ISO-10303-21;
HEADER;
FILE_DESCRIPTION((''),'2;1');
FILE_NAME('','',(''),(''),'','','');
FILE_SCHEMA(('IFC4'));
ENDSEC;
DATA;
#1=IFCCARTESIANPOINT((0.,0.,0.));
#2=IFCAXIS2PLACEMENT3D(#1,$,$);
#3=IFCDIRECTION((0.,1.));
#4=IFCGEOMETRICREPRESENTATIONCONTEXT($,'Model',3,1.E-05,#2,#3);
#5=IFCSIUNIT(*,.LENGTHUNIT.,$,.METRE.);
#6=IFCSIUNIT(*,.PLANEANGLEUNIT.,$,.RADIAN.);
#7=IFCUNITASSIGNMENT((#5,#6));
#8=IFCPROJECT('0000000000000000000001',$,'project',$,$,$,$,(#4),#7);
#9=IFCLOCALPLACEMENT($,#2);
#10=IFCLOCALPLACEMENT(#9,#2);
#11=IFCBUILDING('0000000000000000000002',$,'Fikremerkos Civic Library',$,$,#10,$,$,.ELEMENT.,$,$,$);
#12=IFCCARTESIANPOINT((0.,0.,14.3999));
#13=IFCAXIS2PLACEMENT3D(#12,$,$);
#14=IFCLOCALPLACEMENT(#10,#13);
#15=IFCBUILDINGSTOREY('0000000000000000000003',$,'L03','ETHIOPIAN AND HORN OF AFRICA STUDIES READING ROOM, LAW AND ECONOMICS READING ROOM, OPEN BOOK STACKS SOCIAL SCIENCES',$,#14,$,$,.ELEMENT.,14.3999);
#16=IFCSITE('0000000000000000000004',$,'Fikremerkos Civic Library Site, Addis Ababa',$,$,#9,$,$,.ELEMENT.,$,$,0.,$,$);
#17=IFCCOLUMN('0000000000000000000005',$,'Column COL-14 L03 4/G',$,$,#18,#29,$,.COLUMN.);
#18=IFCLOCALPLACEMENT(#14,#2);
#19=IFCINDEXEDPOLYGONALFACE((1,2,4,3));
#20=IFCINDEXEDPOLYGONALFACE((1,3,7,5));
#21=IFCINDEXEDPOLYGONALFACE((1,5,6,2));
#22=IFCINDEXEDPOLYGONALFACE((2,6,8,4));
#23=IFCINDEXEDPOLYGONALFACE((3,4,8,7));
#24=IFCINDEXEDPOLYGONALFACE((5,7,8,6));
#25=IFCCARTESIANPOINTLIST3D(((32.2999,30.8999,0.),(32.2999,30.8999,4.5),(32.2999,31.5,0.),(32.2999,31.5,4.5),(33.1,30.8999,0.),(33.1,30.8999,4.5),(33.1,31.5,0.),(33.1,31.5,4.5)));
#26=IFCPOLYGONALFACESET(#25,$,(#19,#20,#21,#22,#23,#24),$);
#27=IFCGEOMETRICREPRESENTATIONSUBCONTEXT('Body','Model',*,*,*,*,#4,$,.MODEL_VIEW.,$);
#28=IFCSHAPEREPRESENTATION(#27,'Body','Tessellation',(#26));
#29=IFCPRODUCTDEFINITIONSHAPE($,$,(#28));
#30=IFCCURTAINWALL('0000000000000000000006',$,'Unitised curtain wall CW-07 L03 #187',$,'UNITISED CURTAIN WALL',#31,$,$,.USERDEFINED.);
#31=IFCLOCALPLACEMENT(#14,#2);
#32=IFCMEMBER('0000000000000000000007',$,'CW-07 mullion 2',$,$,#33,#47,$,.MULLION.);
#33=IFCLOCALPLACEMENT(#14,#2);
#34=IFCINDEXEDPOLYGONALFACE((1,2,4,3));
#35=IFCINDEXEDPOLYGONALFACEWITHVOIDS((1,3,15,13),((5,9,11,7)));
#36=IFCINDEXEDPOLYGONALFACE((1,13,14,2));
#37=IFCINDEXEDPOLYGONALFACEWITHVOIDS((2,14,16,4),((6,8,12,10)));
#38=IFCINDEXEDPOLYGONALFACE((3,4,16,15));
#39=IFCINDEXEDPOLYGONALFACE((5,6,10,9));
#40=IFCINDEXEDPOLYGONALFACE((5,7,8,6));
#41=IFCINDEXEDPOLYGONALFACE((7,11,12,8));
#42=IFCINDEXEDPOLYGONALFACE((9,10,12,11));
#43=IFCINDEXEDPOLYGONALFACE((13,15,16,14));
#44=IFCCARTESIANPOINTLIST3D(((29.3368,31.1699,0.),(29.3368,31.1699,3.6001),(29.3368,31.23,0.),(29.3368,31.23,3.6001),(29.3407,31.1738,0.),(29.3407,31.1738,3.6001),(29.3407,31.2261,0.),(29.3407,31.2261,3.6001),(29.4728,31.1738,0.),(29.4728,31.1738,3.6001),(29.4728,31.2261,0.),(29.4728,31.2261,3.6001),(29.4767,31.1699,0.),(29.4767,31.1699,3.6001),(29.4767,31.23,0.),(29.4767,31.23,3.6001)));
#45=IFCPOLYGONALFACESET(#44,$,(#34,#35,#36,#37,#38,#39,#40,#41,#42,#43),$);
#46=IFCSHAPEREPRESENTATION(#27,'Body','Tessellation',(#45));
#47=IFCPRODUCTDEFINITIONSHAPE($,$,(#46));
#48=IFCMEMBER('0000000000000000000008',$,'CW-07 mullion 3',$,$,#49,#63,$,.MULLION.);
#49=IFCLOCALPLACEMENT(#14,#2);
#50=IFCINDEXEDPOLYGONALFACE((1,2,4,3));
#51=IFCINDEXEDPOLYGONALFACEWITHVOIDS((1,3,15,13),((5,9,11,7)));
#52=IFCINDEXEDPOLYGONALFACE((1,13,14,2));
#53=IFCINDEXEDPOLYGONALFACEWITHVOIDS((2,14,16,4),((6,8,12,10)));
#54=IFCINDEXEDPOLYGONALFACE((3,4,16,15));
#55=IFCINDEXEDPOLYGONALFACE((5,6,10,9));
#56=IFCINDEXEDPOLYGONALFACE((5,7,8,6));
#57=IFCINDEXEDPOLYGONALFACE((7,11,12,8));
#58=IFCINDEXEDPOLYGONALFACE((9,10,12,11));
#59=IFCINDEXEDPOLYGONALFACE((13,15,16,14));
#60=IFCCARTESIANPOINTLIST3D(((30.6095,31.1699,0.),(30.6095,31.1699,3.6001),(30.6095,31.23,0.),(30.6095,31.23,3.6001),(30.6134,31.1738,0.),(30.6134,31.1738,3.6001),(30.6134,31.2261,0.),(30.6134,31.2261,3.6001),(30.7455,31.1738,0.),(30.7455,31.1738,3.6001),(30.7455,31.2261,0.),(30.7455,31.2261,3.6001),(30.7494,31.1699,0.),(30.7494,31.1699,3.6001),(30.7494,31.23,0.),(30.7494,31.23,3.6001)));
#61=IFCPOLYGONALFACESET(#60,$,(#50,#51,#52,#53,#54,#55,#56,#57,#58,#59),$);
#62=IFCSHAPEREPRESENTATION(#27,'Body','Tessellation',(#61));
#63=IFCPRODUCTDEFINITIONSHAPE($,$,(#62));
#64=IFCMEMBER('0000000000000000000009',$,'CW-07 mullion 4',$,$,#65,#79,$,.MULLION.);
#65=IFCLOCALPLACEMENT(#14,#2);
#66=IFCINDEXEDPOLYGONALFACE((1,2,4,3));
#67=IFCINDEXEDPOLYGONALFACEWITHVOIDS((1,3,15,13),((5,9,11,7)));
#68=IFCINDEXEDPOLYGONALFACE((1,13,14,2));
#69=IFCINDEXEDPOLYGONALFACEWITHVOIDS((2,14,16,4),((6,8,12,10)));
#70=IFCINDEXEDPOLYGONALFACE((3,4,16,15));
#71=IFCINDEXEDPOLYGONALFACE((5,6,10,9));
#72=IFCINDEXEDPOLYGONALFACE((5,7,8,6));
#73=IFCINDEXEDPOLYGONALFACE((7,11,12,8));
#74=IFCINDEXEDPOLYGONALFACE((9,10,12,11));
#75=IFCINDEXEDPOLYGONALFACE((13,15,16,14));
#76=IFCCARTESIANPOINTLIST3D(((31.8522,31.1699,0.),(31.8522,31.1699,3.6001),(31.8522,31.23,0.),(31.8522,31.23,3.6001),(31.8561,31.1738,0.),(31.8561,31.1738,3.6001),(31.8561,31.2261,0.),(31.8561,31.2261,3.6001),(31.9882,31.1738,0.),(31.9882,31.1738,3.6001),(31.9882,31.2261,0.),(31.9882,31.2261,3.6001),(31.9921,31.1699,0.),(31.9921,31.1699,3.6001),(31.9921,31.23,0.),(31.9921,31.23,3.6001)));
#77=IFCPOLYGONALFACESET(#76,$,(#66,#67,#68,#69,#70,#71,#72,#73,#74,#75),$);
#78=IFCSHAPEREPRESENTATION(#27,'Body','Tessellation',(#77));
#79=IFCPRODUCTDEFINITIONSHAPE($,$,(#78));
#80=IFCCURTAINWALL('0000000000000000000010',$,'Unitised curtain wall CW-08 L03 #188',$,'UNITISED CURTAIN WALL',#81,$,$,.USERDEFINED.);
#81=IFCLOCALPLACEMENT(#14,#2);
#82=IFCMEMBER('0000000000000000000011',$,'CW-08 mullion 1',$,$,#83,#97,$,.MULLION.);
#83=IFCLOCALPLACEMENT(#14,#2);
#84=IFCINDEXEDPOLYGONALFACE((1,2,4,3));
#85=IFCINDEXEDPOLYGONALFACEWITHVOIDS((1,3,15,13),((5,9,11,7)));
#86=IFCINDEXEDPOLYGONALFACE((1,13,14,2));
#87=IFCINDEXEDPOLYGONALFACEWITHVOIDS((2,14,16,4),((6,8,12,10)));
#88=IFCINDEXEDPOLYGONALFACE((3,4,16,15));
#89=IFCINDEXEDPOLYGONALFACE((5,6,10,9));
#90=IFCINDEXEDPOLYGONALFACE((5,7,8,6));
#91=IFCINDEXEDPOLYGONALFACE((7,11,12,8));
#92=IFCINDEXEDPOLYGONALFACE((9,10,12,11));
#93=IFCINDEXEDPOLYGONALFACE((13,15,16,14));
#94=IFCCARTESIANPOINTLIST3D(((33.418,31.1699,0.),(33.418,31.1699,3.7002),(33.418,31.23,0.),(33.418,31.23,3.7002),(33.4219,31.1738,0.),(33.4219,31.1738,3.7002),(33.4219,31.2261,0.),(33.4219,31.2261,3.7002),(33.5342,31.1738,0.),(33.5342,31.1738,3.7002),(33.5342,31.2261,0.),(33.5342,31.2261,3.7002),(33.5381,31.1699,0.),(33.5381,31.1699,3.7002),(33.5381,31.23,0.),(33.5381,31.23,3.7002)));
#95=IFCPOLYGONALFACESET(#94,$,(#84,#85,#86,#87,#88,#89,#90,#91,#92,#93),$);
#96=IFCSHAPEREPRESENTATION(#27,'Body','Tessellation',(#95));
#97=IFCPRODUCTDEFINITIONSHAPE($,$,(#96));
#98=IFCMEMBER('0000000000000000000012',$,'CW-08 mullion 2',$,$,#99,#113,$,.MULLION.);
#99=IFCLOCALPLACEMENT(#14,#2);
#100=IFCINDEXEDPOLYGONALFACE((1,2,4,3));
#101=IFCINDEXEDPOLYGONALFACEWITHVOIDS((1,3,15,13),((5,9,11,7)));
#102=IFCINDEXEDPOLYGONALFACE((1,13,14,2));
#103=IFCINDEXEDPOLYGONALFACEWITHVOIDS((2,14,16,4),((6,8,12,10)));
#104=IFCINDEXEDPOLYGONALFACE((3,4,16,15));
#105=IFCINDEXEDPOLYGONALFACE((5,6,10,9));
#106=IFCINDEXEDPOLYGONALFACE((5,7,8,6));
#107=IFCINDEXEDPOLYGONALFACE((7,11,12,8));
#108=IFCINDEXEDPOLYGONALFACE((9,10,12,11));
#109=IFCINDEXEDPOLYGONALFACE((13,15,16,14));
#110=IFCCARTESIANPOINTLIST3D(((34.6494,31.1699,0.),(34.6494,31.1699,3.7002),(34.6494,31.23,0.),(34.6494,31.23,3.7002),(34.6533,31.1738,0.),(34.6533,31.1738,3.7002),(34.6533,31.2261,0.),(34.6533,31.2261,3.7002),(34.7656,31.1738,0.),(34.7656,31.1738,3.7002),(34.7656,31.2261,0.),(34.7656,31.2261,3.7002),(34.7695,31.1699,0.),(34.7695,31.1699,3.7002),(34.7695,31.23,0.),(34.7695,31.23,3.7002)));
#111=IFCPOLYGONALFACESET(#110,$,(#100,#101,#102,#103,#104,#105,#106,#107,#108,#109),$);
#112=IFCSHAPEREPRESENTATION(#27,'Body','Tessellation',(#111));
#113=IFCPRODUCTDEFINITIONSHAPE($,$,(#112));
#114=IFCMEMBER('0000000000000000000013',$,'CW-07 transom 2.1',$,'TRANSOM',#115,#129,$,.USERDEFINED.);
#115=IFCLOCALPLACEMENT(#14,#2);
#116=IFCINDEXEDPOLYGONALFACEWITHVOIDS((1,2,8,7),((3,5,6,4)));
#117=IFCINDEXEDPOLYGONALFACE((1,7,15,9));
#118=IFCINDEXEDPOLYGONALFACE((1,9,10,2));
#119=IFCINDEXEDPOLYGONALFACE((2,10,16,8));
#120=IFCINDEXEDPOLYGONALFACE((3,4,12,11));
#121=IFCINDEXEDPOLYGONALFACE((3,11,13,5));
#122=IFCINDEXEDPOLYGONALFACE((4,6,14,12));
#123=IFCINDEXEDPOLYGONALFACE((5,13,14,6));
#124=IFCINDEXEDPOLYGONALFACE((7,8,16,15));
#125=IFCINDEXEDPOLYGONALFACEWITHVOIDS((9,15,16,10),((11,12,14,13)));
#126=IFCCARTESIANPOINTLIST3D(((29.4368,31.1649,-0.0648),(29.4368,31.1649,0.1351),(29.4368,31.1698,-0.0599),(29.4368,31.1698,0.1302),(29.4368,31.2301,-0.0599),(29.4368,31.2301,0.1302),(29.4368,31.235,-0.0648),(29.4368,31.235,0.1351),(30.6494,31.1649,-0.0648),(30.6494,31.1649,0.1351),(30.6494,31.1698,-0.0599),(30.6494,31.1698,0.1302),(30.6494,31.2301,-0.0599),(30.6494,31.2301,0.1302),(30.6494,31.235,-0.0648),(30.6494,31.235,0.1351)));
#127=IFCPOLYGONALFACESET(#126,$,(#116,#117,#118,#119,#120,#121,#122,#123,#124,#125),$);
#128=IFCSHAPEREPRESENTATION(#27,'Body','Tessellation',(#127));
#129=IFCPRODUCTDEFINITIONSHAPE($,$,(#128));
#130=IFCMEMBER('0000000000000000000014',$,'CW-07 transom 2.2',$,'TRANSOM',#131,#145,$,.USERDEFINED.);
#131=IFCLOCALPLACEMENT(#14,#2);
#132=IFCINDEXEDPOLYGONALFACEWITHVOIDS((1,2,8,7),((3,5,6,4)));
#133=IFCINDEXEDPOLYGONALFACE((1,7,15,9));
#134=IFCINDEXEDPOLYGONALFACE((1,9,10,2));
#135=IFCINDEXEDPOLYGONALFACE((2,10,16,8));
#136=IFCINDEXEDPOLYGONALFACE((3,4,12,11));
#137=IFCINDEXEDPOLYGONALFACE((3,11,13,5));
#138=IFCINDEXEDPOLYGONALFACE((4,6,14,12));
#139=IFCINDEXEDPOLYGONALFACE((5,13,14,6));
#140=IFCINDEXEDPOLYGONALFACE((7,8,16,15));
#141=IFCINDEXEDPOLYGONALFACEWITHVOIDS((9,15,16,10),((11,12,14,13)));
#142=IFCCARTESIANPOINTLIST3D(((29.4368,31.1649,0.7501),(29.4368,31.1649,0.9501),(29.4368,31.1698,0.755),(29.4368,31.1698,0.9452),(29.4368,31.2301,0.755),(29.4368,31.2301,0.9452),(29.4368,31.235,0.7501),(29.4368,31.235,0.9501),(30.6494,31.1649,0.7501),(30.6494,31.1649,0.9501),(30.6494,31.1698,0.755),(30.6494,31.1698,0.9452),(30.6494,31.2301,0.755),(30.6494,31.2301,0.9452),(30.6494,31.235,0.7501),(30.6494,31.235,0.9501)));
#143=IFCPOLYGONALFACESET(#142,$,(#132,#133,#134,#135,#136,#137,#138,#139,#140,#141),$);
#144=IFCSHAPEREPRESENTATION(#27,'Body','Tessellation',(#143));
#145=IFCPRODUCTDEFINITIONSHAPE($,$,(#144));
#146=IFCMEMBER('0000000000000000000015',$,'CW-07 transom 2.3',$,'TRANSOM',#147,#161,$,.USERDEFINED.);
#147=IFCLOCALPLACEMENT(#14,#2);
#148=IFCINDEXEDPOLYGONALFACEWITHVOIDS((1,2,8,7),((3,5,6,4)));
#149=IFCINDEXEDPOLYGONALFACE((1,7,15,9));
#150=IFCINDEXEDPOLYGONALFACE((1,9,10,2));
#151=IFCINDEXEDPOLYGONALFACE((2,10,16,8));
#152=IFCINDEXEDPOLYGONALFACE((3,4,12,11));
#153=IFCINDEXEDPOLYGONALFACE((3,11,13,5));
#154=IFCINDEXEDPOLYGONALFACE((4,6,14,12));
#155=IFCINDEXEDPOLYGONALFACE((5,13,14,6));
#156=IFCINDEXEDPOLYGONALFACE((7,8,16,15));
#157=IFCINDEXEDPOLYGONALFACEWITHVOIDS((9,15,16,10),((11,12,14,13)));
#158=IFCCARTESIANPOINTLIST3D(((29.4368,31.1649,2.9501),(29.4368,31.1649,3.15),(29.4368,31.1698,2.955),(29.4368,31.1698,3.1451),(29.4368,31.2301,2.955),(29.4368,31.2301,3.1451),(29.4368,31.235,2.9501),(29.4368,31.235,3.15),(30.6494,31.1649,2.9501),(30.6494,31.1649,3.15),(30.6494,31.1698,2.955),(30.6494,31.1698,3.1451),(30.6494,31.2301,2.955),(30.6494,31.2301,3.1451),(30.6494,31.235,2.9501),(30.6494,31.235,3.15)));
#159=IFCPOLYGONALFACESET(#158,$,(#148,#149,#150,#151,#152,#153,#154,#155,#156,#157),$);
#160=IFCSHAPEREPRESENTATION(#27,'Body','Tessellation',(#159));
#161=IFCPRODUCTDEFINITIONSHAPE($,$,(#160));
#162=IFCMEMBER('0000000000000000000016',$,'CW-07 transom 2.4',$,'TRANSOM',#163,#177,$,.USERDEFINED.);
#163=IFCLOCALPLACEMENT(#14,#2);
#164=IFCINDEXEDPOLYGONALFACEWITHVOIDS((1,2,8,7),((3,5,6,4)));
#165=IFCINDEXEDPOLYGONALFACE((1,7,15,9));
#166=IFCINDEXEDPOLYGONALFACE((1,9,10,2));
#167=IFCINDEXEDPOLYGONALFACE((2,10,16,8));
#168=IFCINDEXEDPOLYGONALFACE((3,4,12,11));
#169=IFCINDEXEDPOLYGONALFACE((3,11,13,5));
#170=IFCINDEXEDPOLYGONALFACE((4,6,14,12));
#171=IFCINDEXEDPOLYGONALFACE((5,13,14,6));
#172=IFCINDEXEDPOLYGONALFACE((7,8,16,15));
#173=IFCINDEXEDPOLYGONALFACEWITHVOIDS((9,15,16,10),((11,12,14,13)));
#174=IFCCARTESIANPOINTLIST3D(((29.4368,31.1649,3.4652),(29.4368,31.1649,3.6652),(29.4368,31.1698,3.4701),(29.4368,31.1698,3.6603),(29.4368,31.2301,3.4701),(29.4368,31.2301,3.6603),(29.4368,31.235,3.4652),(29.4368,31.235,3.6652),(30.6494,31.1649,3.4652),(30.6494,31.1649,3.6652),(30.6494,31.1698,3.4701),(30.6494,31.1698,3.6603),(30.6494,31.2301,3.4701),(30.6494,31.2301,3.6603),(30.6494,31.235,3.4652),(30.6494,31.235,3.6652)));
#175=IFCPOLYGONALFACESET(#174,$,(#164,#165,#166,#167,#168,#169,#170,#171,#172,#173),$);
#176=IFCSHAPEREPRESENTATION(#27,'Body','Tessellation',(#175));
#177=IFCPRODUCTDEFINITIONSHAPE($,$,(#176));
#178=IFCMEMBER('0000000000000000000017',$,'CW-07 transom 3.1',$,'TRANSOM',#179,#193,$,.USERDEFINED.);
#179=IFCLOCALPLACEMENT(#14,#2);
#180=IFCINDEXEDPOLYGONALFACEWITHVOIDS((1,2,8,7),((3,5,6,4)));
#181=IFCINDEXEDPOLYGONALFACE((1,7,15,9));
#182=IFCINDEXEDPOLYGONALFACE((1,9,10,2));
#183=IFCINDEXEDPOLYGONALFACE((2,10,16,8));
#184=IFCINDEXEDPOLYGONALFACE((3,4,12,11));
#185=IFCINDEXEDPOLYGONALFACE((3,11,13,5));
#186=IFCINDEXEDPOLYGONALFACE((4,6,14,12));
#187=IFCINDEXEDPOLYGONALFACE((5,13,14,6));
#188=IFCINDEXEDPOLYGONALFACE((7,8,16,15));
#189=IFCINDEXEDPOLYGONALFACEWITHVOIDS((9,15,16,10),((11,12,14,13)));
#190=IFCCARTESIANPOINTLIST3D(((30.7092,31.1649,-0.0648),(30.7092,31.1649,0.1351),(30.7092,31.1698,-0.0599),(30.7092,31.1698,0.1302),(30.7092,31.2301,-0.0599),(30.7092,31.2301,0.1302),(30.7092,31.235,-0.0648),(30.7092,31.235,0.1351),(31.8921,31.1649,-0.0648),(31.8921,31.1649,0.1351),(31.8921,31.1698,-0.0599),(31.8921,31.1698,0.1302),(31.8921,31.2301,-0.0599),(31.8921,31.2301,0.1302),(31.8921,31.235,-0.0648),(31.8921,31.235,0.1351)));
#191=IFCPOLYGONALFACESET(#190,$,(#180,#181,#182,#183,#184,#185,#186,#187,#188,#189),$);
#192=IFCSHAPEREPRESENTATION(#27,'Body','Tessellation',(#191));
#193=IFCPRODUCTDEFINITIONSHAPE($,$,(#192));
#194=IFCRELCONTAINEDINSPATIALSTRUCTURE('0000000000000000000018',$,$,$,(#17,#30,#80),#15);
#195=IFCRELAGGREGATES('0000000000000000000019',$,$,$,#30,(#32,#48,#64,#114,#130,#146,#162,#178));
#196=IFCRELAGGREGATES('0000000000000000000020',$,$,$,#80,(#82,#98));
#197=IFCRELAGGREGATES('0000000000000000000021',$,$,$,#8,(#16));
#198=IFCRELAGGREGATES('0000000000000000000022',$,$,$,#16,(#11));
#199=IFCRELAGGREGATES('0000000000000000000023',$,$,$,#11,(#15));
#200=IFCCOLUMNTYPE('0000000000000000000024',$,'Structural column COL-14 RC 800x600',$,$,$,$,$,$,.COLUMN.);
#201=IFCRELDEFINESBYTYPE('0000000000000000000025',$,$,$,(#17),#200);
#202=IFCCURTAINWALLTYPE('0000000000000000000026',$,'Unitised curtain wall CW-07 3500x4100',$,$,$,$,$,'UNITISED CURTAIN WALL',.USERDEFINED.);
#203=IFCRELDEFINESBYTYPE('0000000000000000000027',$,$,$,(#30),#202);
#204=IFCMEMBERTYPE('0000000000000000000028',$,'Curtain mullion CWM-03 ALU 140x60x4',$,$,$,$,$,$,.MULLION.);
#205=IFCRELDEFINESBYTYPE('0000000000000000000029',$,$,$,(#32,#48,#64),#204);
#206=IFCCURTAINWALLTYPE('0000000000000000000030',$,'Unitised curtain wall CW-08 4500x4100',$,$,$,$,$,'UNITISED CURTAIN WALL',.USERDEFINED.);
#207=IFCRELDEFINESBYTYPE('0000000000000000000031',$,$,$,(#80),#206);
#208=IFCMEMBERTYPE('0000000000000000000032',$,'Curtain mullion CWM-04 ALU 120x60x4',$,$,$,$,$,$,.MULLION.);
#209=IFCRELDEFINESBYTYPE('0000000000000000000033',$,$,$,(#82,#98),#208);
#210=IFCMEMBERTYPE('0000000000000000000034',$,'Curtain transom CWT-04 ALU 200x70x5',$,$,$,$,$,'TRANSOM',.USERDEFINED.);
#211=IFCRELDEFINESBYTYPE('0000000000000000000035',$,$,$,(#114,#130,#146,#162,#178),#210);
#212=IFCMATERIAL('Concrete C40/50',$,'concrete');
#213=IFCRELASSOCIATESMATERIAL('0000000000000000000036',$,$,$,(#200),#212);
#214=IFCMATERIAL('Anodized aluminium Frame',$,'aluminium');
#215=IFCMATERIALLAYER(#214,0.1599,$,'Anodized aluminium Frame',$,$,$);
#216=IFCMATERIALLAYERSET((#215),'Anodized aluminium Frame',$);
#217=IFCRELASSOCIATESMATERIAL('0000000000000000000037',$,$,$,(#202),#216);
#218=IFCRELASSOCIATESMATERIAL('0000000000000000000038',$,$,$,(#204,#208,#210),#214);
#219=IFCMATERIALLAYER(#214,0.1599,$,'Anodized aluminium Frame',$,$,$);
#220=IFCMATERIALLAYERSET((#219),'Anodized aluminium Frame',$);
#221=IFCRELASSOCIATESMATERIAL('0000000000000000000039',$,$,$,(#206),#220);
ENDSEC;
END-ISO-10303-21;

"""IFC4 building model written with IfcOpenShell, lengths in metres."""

from ifc_helpers import new_model, si_unit, direction, frame, origin, origin_2d, place, context, subcontext, project, spatial, rectangle, hollow_rectangle, extrude, material, layer, layer_set, material_profile, profile_set, type_object, element, aggregate, save


model = new_model("IFC4")

# Units and contexts
model_context = context("Model", 3, precision=1e-05, world=origin(), true_north=direction((0.0, 1.0)))
body_context = subcontext(model_context, "Body", "Model", "MODEL_VIEW")
ifc_project = project(units=[si_unit("LENGTHUNIT", "METRE"), si_unit("PLANEANGLEUNIT", "RADIAN")], contexts=[model_context])

# Site, building, storey
site_placement = place(None, origin())
site = spatial("IfcSite", under=ifc_project, at=site_placement, Name="Fikremerkos Civic Library Site, Addis Ababa", CompositionType="ELEMENT", RefElevation=0.0)
building_placement = place(site_placement, origin())
building = spatial("IfcBuilding", under=site, at=building_placement, Name="Fikremerkos Civic Library", CompositionType="ELEMENT")
storey_placement = place(building_placement, frame((0.0, 0.0, 14.3999)))
storey = spatial("IfcBuildingStorey", under=building, at=storey_placement, Name="L03", Description="ETHIOPIAN AND HORN OF AFRICA STUDIES READING ROOM, LAW AND ECONOMICS READING ROOM, OPEN BOOK STACKS SOCIAL SCIENCES", CompositionType="ELEMENT", Elevation=14.3999)

# Column
ifc_material_1 = material(Name="Concrete C40/50", Category="concrete")
ifc_material_profile_1 = material_profile(ifc_material_1, rectangle(XDim=0.8, YDim=0.6001, at=origin_2d()), Name="RC 800x600")
ifc_profile_set_1 = profile_set([ifc_material_profile_1], Name="Concrete C40/50")
column_type = type_object("IfcColumnType", Name="Structural column COL-14 RC 800x600", PredefinedType="COLUMN", material=ifc_profile_set_1)
column_placement = place(storey_placement, frame((32.7, 31.2, 0.0), z_axis=(0.0, 0.0, 1.0), x_axis=(1.0, 0.0, 0.0)))
element("IfcColumn", 1, at=column_placement, inside=storey, type_object=column_type, Name="Column COL-14 L03 4/G", PredefinedType="COLUMN", context=body_context, shape_type="SweptSolid", body=[
    extrude(rectangle(XDim=0.8, YDim=0.6001, at=origin_2d()), origin(), (0.0, 0.0, 1.0), 4.5),
])

# Curtain walls, members
ifc_material_2 = material(Name="Anodized aluminium Frame", Category="aluminium")
ifc_layer_1 = layer(ifc_material_2, 0.1599, Name="Anodized aluminium Frame")
ifc_layer_set_1 = layer_set([ifc_layer_1], Name="Anodized aluminium Frame")
curtain_wall_type_1 = type_object("IfcCurtainWallType", Name="Unitised curtain wall CW-07 3500x4100", ElementType="UNITISED CURTAIN WALL", PredefinedType="USERDEFINED", material=ifc_layer_set_1)
curtain_wall_1_placement = place(storey_placement, origin())
curtain_wall_1 = element("IfcCurtainWall", 2, at=curtain_wall_1_placement, inside=storey, type_object=curtain_wall_type_1, Name="Unitised curtain wall CW-07 L03 #187", ObjectType="UNITISED CURTAIN WALL", PredefinedType="USERDEFINED")
ifc_material_profile_2 = material_profile(ifc_material_2, hollow_rectangle(XDim=0.0601, YDim=0.1399, WallThickness=0.0039, at=origin_2d()), Name="ALU 140x60x4")
ifc_profile_set_2 = profile_set([ifc_material_profile_2], Name="Anodized aluminium Frame")
member_type_1 = type_object("IfcMemberType", Name="Curtain mullion CWM-03 ALU 140x60x4", PredefinedType="MULLION", material=ifc_profile_set_2)
member_1_placement = place(storey_placement, frame((29.4067, 31.2, 0.0), z_axis=(0.0, 0.0, 1.0), x_axis=(0.0, 1.0, 0.0)))
member_1 = element("IfcMember", 3, at=member_1_placement, type_object=member_type_1, Name="CW-07 mullion 2", PredefinedType="MULLION", context=body_context, shape_type="SweptSolid", body=[
    extrude(hollow_rectangle(XDim=0.0601, YDim=0.1399, WallThickness=0.0039, at=origin_2d()), origin(), (0.0, 0.0, 1.0), 3.6001),
])
member_2_placement = place(storey_placement, frame((30.6794, 31.2, 0.0), z_axis=(0.0, 0.0, 1.0), x_axis=(0.0, 1.0, 0.0)))
member_2 = element("IfcMember", 4, at=member_2_placement, type_object=member_type_1, Name="CW-07 mullion 3", PredefinedType="MULLION", context=body_context, shape_type="SweptSolid", body=[
    extrude(hollow_rectangle(XDim=0.0601, YDim=0.1399, WallThickness=0.0039, at=origin_2d()), origin(), (0.0, 0.0, 1.0), 3.6001),
])
member_3_placement = place(storey_placement, frame((31.9221, 31.2, 0.0), z_axis=(0.0, 0.0, 1.0), x_axis=(0.0, 1.0, 0.0)))
member_3 = element("IfcMember", 5, at=member_3_placement, type_object=member_type_1, Name="CW-07 mullion 4", PredefinedType="MULLION", context=body_context, shape_type="SweptSolid", body=[
    extrude(hollow_rectangle(XDim=0.0601, YDim=0.1399, WallThickness=0.0039, at=origin_2d()), origin(), (0.0, 0.0, 1.0), 3.6001),
])
ifc_layer_2 = layer(ifc_material_2, 0.1599, Name="Anodized aluminium Frame")
ifc_layer_set_2 = layer_set([ifc_layer_2], Name="Anodized aluminium Frame")
curtain_wall_type_2 = type_object("IfcCurtainWallType", Name="Unitised curtain wall CW-08 4500x4100", ElementType="UNITISED CURTAIN WALL", PredefinedType="USERDEFINED", material=ifc_layer_set_2)
curtain_wall_2_placement = place(storey_placement, origin())
curtain_wall_2 = element("IfcCurtainWall", 6, at=curtain_wall_2_placement, inside=storey, type_object=curtain_wall_type_2, Name="Unitised curtain wall CW-08 L03 #188", ObjectType="UNITISED CURTAIN WALL", PredefinedType="USERDEFINED")
ifc_material_profile_3 = material_profile(ifc_material_2, hollow_rectangle(XDim=0.0601, YDim=0.1201, WallThickness=0.0039, at=origin_2d()), Name="ALU 120x60x4")
ifc_profile_set_3 = profile_set([ifc_material_profile_3], Name="Anodized aluminium Frame")
member_type_2 = type_object("IfcMemberType", Name="Curtain mullion CWM-04 ALU 120x60x4", PredefinedType="MULLION", material=ifc_profile_set_3)
member_4_placement = place(storey_placement, frame((33.478, 31.2, 0.0), z_axis=(0.0, 0.0, 1.0), x_axis=(0.0, 1.0, 0.0)))
member_4 = element("IfcMember", 7, at=member_4_placement, type_object=member_type_2, Name="CW-08 mullion 1", PredefinedType="MULLION", context=body_context, shape_type="SweptSolid", body=[
    extrude(hollow_rectangle(XDim=0.0601, YDim=0.1201, WallThickness=0.0039, at=origin_2d()), origin(), (0.0, 0.0, 1.0), 3.7002),
])
member_5_placement = place(storey_placement, frame((34.7095, 31.2, 0.0), z_axis=(0.0, 0.0, 1.0), x_axis=(0.0, 1.0, 0.0)))
member_5 = element("IfcMember", 8, at=member_5_placement, type_object=member_type_2, Name="CW-08 mullion 2", PredefinedType="MULLION", context=body_context, shape_type="SweptSolid", body=[
    extrude(hollow_rectangle(XDim=0.0601, YDim=0.1201, WallThickness=0.0039, at=origin_2d()), origin(), (0.0, 0.0, 1.0), 3.7002),
])

# Members
ifc_material_profile_4 = material_profile(ifc_material_2, hollow_rectangle(XDim=0.0701, YDim=0.2, WallThickness=0.0049, at=origin_2d()), Name="ALU 200x70x5")
ifc_profile_set_4 = profile_set([ifc_material_profile_4], Name="Anodized aluminium Frame")
member_type_3 = type_object("IfcMemberType", Name="Curtain transom CWT-04 ALU 200x70x5", ElementType="TRANSOM", PredefinedType="USERDEFINED", material=ifc_profile_set_4)
member_6_placement = place(storey_placement, frame((29.4368, 31.2, 0.0352), z_axis=(1.0, 0.0, 0.0), x_axis=(0.0, 1.0, 0.0)))
member_6 = element("IfcMember", 9, at=member_6_placement, type_object=member_type_3, Name="CW-07 transom 2.1", ObjectType="TRANSOM", PredefinedType="USERDEFINED", context=body_context, shape_type="SweptSolid", body=[
    extrude(hollow_rectangle(XDim=0.0701, YDim=0.2, WallThickness=0.0049, at=origin_2d()), origin(), (0.0, 0.0, 1.0), 1.2126),
])
member_7_placement = place(storey_placement, frame((29.4368, 31.2, 0.8501), z_axis=(1.0, 0.0, 0.0), x_axis=(0.0, 1.0, 0.0)))
member_7 = element("IfcMember", 10, at=member_7_placement, type_object=member_type_3, Name="CW-07 transom 2.2", ObjectType="TRANSOM", PredefinedType="USERDEFINED", context=body_context, shape_type="SweptSolid", body=[
    extrude(hollow_rectangle(XDim=0.0701, YDim=0.2, WallThickness=0.0049, at=origin_2d()), origin(), (0.0, 0.0, 1.0), 1.2126),
])
member_8_placement = place(storey_placement, frame((29.4368, 31.2, 3.05), z_axis=(1.0, 0.0, 0.0), x_axis=(0.0, 1.0, 0.0)))
member_8 = element("IfcMember", 11, at=member_8_placement, type_object=member_type_3, Name="CW-07 transom 2.3", ObjectType="TRANSOM", PredefinedType="USERDEFINED", context=body_context, shape_type="SweptSolid", body=[
    extrude(hollow_rectangle(XDim=0.0701, YDim=0.2, WallThickness=0.0049, at=origin_2d()), origin(), (0.0, 0.0, 1.0), 1.2126),
])
member_9_placement = place(storey_placement, frame((29.4368, 31.2, 3.5652), z_axis=(1.0, 0.0, 0.0), x_axis=(0.0, 1.0, 0.0)))
member_9 = element("IfcMember", 12, at=member_9_placement, type_object=member_type_3, Name="CW-07 transom 2.4", ObjectType="TRANSOM", PredefinedType="USERDEFINED", context=body_context, shape_type="SweptSolid", body=[
    extrude(hollow_rectangle(XDim=0.0701, YDim=0.2, WallThickness=0.0049, at=origin_2d()), origin(), (0.0, 0.0, 1.0), 1.2126),
])
member_10_placement = place(storey_placement, frame((30.7092, 31.2, 0.0352), z_axis=(1.0, 0.0, 0.0), x_axis=(0.0, 1.0, 0.0)))
member_10 = element("IfcMember", 13, at=member_10_placement, type_object=member_type_3, Name="CW-07 transom 3.1", ObjectType="TRANSOM", PredefinedType="USERDEFINED", context=body_context, shape_type="SweptSolid", body=[
    extrude(hollow_rectangle(XDim=0.0701, YDim=0.2, WallThickness=0.0049, at=origin_2d()), origin(), (0.0, 0.0, 1.0), 1.1829),
])

aggregate(curtain_wall_1, [member_1, member_2, member_3, member_6, member_7, member_8, member_9, member_10])
aggregate(curtain_wall_2, [member_4, member_5])

save(model, "model.ifc")
